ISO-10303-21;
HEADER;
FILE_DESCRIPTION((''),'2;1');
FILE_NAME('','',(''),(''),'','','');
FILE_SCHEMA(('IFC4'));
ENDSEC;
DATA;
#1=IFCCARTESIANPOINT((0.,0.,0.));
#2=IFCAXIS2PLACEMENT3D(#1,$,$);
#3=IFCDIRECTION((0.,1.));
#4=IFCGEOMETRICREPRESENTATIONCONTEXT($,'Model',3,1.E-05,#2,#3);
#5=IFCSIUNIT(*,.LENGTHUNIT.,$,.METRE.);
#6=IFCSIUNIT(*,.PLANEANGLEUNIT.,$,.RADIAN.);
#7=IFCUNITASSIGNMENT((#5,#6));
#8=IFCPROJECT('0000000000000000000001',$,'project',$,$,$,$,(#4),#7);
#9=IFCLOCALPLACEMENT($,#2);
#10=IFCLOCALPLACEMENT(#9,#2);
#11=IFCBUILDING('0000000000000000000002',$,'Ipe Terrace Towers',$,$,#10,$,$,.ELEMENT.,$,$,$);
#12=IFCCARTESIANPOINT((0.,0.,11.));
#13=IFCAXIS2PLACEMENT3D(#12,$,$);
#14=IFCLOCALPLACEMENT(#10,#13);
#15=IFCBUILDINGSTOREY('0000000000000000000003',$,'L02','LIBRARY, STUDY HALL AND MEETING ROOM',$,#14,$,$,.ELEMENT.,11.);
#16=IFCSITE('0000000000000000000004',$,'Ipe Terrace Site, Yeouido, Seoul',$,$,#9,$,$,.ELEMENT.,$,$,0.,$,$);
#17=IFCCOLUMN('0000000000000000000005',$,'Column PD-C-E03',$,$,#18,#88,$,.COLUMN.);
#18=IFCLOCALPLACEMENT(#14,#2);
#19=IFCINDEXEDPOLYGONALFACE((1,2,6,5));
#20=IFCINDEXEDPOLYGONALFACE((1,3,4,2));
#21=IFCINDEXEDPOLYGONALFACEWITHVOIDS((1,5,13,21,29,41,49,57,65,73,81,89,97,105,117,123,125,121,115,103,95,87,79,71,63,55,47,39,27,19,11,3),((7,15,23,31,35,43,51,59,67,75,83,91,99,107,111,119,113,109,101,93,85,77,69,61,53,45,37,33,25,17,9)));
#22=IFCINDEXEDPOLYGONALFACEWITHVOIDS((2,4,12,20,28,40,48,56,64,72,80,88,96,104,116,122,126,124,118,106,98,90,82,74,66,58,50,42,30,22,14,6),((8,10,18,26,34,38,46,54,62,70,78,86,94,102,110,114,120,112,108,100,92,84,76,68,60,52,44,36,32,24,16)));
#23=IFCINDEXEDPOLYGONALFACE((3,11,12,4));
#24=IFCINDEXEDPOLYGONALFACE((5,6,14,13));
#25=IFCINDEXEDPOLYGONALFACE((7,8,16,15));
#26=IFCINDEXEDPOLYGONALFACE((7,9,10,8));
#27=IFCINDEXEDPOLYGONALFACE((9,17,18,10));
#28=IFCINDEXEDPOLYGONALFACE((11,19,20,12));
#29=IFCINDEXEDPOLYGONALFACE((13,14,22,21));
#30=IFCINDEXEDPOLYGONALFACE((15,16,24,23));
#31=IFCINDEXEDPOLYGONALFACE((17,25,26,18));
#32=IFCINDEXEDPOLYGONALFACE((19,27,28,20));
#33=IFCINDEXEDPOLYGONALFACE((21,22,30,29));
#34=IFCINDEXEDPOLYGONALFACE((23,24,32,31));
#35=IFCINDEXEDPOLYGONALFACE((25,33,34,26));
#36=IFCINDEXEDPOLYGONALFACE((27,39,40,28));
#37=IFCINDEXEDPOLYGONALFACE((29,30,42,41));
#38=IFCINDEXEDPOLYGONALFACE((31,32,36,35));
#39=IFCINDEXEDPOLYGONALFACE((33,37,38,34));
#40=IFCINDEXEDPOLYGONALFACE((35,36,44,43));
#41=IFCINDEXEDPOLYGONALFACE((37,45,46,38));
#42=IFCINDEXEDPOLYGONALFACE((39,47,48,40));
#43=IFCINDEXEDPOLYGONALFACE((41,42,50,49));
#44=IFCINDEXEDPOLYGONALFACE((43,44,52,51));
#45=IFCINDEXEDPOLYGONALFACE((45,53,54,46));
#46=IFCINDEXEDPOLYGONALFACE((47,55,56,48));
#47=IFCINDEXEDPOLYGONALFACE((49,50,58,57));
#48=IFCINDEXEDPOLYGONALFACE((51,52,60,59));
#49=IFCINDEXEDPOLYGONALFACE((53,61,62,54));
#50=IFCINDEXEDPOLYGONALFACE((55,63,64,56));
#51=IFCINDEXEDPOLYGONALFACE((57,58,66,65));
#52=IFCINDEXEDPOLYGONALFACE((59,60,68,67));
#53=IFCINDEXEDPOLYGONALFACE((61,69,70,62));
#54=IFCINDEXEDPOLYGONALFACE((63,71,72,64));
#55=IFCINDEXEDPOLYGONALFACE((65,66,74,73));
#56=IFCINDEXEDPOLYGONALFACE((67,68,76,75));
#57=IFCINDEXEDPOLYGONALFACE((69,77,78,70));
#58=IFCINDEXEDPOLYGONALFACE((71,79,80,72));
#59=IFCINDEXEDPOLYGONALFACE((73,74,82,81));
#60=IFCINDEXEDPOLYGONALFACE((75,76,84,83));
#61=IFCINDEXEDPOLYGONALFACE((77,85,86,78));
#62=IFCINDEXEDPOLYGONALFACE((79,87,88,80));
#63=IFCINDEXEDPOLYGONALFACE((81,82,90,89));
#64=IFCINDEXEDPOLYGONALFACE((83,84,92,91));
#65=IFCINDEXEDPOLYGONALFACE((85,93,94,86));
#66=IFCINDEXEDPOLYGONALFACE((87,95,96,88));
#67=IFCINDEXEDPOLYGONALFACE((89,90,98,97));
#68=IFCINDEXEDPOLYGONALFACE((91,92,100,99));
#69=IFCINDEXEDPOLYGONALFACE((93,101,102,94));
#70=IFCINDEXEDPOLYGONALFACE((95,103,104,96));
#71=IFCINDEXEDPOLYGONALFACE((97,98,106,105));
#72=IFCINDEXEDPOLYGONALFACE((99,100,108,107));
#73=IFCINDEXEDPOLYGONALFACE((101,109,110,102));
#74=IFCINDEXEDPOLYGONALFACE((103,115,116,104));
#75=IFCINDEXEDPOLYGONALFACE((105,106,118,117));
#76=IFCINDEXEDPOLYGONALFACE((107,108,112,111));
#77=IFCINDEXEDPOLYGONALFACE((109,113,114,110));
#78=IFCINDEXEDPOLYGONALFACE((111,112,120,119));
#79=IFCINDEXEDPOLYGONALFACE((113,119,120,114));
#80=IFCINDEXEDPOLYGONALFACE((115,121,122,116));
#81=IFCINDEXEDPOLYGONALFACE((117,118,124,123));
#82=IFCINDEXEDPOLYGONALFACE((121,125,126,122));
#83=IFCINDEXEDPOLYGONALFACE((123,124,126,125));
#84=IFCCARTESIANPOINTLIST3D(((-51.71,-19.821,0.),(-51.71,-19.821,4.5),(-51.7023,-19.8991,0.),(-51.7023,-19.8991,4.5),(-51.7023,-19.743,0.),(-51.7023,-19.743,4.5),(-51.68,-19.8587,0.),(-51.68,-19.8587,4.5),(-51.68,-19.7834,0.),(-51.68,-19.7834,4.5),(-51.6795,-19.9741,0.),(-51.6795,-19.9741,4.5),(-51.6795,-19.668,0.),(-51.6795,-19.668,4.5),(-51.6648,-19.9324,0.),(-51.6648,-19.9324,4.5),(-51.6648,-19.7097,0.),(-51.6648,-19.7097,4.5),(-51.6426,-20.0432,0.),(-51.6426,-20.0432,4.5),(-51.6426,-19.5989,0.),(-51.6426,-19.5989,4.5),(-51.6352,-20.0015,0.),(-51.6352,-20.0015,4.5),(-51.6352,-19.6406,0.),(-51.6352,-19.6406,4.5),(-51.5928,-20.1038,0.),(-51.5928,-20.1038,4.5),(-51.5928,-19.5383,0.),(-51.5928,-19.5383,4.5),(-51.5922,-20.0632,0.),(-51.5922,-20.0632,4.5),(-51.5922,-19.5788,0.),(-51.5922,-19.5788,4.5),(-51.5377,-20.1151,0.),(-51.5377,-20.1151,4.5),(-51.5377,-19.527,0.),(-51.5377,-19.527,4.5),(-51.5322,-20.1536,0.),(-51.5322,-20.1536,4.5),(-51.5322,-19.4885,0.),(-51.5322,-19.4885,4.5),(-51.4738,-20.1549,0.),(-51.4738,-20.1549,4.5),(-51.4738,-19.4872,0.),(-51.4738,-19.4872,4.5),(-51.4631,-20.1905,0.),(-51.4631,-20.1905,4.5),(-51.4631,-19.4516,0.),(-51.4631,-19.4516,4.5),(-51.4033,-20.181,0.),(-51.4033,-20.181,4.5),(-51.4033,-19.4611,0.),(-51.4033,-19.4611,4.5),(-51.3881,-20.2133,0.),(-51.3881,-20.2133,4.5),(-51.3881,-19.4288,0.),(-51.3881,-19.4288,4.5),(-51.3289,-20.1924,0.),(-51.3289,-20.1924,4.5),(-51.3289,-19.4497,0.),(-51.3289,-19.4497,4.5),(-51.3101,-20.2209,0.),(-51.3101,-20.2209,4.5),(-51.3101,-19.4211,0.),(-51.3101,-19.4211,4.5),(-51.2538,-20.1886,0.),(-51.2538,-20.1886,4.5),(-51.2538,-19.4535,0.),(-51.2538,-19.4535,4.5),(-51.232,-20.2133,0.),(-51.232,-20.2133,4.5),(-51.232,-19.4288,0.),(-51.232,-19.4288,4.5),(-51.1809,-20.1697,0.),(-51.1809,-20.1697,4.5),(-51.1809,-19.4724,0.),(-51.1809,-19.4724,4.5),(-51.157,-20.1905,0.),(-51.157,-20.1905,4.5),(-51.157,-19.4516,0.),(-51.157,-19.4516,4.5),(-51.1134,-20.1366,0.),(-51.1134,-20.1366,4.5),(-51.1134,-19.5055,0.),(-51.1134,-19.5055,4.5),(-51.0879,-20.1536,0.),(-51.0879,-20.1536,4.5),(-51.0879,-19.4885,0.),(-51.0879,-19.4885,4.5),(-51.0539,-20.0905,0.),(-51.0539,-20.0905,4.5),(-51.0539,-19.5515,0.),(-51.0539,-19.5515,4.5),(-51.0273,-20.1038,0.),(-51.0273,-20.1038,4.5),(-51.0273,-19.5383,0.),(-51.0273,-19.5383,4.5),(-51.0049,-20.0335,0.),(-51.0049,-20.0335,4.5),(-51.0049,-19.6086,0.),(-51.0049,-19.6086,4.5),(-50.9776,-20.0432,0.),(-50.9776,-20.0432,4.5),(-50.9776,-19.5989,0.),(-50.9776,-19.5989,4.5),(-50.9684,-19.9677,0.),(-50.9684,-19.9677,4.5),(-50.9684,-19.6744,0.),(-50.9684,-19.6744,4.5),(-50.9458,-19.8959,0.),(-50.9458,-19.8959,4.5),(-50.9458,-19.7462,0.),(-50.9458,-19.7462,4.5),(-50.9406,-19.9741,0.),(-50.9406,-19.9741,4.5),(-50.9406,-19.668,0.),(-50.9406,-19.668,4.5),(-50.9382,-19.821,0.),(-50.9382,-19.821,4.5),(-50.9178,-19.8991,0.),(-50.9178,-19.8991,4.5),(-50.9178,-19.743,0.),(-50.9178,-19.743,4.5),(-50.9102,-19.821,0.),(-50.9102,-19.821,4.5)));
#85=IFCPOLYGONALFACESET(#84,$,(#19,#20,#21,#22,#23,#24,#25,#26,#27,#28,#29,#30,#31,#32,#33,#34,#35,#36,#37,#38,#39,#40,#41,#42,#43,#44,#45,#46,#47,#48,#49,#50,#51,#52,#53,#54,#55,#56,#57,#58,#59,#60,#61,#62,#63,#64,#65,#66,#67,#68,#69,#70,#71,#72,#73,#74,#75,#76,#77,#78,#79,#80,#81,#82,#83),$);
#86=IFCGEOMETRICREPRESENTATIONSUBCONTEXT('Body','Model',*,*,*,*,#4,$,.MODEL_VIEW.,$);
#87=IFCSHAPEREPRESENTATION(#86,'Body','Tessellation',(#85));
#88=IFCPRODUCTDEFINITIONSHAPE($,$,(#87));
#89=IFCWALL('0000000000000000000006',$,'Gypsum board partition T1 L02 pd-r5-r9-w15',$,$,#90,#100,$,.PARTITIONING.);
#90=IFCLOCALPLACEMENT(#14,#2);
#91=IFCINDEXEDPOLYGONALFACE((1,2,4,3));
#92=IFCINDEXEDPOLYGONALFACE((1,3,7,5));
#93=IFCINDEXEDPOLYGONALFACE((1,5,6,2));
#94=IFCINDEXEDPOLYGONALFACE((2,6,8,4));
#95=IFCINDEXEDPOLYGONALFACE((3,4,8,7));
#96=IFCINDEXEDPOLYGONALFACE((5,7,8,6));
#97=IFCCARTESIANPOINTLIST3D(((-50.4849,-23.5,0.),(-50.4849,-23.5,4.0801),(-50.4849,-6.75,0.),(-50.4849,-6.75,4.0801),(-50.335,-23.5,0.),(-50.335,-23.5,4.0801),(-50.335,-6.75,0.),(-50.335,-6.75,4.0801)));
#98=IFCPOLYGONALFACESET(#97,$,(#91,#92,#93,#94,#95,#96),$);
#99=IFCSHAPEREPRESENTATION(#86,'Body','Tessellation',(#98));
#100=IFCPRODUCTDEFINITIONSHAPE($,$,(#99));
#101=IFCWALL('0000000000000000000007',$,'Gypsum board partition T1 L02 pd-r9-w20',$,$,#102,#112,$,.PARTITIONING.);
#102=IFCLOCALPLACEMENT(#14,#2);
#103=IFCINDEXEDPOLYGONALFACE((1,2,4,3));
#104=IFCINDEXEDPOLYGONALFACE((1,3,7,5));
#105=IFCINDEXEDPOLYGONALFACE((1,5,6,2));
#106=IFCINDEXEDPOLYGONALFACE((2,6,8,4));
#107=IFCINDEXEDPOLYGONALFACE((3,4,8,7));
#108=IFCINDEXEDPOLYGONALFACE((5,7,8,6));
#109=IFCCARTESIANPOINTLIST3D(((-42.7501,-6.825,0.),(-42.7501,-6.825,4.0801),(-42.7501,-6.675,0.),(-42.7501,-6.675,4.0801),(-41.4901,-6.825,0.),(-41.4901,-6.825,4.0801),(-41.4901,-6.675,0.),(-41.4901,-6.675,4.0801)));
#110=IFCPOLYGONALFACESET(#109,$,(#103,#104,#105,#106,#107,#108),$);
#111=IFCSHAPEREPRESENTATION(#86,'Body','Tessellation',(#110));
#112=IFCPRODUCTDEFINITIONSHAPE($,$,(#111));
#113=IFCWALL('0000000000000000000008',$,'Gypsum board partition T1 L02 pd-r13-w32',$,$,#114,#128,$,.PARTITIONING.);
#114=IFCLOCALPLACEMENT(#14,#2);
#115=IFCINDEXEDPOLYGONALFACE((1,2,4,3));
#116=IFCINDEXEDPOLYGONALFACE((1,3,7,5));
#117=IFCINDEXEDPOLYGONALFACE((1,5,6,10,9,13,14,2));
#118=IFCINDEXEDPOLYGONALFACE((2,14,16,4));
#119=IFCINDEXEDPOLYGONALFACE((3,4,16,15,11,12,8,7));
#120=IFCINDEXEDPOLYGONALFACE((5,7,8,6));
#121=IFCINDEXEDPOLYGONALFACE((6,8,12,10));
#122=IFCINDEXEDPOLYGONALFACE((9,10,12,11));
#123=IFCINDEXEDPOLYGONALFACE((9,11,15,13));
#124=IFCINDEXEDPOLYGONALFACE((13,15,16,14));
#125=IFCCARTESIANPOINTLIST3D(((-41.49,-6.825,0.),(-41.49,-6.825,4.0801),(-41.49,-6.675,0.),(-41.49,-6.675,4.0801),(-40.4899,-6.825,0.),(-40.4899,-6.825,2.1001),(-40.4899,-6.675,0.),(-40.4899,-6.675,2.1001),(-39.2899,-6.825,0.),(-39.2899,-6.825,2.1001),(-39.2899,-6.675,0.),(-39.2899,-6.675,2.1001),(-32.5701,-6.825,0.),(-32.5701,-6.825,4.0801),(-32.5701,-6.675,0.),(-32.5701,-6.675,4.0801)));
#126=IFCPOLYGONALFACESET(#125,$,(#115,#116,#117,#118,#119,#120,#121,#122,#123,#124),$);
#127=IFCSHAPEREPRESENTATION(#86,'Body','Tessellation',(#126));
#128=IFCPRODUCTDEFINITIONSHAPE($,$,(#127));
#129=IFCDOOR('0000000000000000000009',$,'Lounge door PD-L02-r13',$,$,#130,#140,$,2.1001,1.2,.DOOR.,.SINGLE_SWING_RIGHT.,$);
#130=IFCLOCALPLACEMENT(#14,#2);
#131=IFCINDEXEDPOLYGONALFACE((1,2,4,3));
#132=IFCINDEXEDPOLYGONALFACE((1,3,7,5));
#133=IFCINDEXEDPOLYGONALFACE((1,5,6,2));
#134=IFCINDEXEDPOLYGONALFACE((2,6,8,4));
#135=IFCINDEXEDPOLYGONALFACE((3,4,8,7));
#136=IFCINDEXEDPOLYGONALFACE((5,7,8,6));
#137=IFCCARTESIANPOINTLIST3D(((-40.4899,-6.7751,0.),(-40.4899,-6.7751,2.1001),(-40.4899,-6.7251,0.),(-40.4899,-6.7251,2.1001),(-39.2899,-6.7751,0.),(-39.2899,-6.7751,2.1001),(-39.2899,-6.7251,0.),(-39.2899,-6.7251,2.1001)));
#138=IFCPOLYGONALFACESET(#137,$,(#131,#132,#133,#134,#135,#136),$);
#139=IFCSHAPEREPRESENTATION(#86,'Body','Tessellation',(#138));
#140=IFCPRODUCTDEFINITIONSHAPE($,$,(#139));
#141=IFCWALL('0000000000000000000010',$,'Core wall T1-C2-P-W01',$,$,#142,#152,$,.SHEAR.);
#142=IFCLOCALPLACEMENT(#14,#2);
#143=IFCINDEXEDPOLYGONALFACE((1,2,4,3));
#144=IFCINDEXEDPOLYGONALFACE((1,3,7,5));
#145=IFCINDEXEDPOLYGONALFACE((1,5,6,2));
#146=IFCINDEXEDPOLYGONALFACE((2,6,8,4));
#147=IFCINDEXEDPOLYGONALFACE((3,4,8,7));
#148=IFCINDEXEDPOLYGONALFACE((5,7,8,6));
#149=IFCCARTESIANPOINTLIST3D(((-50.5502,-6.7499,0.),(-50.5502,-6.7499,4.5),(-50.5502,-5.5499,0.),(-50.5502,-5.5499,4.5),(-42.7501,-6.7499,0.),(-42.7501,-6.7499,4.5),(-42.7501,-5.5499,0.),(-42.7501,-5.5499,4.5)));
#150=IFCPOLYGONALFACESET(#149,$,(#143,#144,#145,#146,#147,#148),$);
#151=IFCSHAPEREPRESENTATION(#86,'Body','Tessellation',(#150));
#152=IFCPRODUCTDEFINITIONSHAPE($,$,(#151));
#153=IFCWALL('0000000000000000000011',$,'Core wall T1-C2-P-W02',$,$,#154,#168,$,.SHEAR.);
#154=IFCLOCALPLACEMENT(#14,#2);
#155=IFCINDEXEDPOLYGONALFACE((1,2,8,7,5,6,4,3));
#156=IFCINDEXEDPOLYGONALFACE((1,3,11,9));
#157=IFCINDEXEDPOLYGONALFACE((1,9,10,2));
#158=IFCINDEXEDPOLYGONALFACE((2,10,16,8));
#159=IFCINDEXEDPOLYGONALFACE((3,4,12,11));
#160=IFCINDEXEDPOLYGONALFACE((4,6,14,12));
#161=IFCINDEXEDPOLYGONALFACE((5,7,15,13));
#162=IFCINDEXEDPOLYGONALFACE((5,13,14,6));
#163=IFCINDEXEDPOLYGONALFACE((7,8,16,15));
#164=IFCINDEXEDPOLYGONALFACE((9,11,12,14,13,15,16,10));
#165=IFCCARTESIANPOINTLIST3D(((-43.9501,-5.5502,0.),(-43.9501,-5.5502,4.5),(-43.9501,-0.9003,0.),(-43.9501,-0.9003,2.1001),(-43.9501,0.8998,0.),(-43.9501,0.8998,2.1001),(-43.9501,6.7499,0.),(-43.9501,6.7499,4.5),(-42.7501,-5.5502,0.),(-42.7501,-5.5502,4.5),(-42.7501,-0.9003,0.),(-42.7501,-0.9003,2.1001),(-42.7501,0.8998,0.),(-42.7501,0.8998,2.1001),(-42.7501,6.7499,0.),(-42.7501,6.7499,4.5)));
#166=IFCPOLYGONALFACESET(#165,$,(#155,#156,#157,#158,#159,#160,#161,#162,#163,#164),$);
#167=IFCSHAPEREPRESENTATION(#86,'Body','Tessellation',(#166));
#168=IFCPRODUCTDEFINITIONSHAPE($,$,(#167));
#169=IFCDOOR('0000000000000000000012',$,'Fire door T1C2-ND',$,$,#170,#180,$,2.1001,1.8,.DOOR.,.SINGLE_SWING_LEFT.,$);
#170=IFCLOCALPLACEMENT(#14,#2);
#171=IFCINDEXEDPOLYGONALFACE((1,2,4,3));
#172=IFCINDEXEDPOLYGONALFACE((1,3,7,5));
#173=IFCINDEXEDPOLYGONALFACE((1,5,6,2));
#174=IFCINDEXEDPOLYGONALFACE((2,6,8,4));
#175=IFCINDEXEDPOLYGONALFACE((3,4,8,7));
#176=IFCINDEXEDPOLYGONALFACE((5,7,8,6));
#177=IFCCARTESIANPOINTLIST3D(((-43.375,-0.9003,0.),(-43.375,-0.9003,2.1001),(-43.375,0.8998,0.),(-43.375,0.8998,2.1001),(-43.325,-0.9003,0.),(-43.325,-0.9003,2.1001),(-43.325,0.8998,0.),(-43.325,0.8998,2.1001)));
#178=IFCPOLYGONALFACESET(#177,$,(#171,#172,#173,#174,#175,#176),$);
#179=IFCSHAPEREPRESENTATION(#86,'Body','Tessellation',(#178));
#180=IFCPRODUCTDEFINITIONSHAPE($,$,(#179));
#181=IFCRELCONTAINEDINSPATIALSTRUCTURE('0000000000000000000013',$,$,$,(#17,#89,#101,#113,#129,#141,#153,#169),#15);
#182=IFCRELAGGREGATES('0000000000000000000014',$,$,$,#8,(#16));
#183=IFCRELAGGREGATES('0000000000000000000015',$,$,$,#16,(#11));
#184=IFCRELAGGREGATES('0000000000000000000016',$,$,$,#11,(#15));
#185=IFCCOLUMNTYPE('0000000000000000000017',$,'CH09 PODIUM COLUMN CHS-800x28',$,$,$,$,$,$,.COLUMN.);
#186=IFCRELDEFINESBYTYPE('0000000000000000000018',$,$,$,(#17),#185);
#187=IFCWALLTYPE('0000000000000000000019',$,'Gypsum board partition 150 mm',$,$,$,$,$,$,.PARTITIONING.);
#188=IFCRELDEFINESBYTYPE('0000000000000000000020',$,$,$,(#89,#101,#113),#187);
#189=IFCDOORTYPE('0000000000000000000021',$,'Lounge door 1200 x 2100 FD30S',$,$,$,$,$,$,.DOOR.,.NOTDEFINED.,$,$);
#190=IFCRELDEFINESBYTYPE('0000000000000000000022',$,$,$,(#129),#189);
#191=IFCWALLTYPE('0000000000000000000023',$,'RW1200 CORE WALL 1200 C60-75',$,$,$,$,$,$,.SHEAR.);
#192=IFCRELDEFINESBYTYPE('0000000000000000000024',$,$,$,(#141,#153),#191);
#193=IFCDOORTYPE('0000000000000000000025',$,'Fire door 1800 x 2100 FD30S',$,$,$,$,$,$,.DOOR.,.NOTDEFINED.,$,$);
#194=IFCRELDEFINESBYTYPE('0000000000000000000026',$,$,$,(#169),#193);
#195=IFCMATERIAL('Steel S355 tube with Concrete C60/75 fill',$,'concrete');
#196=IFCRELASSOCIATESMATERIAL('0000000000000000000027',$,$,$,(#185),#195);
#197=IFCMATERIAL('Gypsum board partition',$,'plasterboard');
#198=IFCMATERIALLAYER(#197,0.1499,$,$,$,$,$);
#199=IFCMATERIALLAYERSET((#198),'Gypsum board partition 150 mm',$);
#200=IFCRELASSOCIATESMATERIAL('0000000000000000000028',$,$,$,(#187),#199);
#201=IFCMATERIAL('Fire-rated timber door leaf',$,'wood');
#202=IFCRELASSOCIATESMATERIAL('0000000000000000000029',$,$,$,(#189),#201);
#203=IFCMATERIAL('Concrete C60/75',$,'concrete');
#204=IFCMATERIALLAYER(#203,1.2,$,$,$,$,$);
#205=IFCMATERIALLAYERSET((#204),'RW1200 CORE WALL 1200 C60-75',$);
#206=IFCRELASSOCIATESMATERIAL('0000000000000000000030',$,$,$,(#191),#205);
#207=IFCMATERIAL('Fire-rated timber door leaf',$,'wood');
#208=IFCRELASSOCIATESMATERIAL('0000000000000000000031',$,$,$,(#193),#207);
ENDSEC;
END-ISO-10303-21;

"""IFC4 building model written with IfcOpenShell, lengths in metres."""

from ifc_helpers import new_model, si_unit, direction, frame, frame_2d, origin, origin_2d, place, context, subcontext, project, spatial, rectangle, hollow_circle, extrude, material, layer, layer_set, material_profile, profile_set, type_object, element, fill, save


model = new_model("IFC4")

# Units and contexts
model_context = context("Model", 3, precision=1e-05, world=origin(), true_north=direction((0.0, 1.0)))
body_context = subcontext(model_context, "Body", "Model", "MODEL_VIEW")
ifc_project = project(units=[si_unit("LENGTHUNIT", "METRE"), si_unit("PLANEANGLEUNIT", "RADIAN")], contexts=[model_context])

# Site, building, storey
site_placement = place(None, origin())
site = spatial("IfcSite", under=ifc_project, at=site_placement, Name="Ipe Terrace Site, Yeouido, Seoul", CompositionType="ELEMENT", RefElevation=0.0)
building_placement = place(site_placement, origin())
building = spatial("IfcBuilding", under=site, at=building_placement, Name="Ipe Terrace Towers", CompositionType="ELEMENT")
storey_placement = place(building_placement, frame((0.0, 0.0, 11.0)))
storey = spatial("IfcBuildingStorey", under=building, at=storey_placement, Name="L02", Description="LIBRARY, STUDY HALL AND MEETING ROOM", CompositionType="ELEMENT", Elevation=11.0)

# Column
ifc_material_1 = material(Name="Steel S355 tube with Concrete C60/75 fill", Category="concrete")
ifc_material_profile_1 = material_profile(ifc_material_1, hollow_circle(Radius=0.3999, WallThickness=0.0281, at=origin_2d()), Name="CHS-800x28")
ifc_profile_set_1 = profile_set([ifc_material_profile_1], Name="Steel S355 tube with Concrete C60/75 fill")
column_type_1 = type_object("IfcColumnType", Name="CH09 PODIUM COLUMN CHS-800x28", PredefinedType="COLUMN", material=ifc_profile_set_1)
column_1_placement = place(storey_placement, frame((-51.3101, -19.821, 0.0), z_axis=(0.0, 0.0, 1.0), x_axis=(1.0, 0.0, 0.0)))
element("IfcColumn", 1, at=column_1_placement, inside=storey, type_object=column_type_1, Name="Column PD-C-E03", PredefinedType="COLUMN", context=body_context, shape_type="SweptSolid", body=[
    extrude(hollow_circle(Radius=0.3999, WallThickness=0.0281, at=origin_2d()), origin(), (0.0, 0.0, 1.0), 4.5),
])

# Walls
ifc_material_2 = material(Name="Gypsum board partition", Category="plasterboard")
ifc_layer_1 = layer(ifc_material_2, 0.1499)
ifc_layer_set_1 = layer_set([ifc_layer_1], Name="Gypsum board partition 150 mm")
wall_type_1 = type_object("IfcWallType", Name="Gypsum board partition 150 mm", PredefinedType="PARTITIONING", material=ifc_layer_set_1)
wall_1_placement = place(storey_placement, frame((-50.4099, -6.75, 0.0), z_axis=(0.0, 0.0, 1.0), x_axis=(0.0, -1.0, 0.0)))
element("IfcWall", 2, at=wall_1_placement, inside=storey, type_object=wall_type_1, Name="Gypsum board partition T1 L02 pd-r5-r9-w15", PredefinedType="PARTITIONING", context=body_context, shape_type="SweptSolid", body=[
    extrude(rectangle(XDim=16.75, YDim=0.1499, at=frame_2d((8.375, 0.0))), origin(), (0.0, 0.0, 1.0), 4.0801),
])
wall_2_placement = place(storey_placement, frame((-42.75, -6.75, 0.0), z_axis=(0.0, 0.0, 1.0), x_axis=(1.0, 0.0, 0.0)))
element("IfcWall", 3, at=wall_2_placement, inside=storey, type_object=wall_type_1, Name="Gypsum board partition T1 L02 pd-r9-w20", PredefinedType="PARTITIONING", context=body_context, shape_type="SweptSolid", body=[
    extrude(rectangle(XDim=1.26, YDim=0.1499, at=frame_2d((0.6299, 0.0))), origin(), (0.0, 0.0, 1.0), 4.0801),
])

# Wall, opening, door
wall_3_placement = place(storey_placement, frame((-41.49, -6.75, 0.0), z_axis=(0.0, 0.0, 1.0), x_axis=(1.0, 0.0, 0.0)))
wall_3 = element("IfcWall", 4, at=wall_3_placement, inside=storey, type_object=wall_type_1, Name="Gypsum board partition T1 L02 pd-r13-w32", PredefinedType="PARTITIONING", context=body_context, shape_type="SweptSolid", body=[
    extrude(rectangle(XDim=8.9199, YDim=0.1499, at=frame_2d((4.46, 0.0))), origin(), (0.0, 0.0, 1.0), 4.0801),
])
opening_1_placement = place(wall_3_placement, frame((1.0, 0.0, 0.0)))
opening_1 = element("IfcOpeningElement", 5, at=opening_1_placement, cuts=wall_3, PredefinedType="OPENING", context=body_context, shape_type="SweptSolid", body=[
    extrude(rectangle(XDim=1.2, YDim=2.1001, at=frame_2d((0.6001, 1.05))), frame((0.0, 0.085, 0.0), z_axis=(0.0, -1.0, 0.0), x_axis=(1.0, 0.0, 0.0)), (0.0, 0.0, 1.0), 0.1699),
])
ifc_material_3 = material(Name="Fire-rated timber door leaf", Category="wood")
door_type_1 = type_object("IfcDoorType", Name="Lounge door 1200 x 2100 FD30S", OperationType="NOTDEFINED", PredefinedType="DOOR", material=ifc_material_3)
door_1_placement = place(opening_1_placement, origin())
door_1 = element("IfcDoor", 6, at=door_1_placement, inside=storey, type_object=door_type_1, Name="Lounge door PD-L02-r13", OperationType="SINGLE_SWING_RIGHT", OverallHeight=2.1001, OverallWidth=1.2, PredefinedType="DOOR", context=body_context, shape_type="SweptSolid", body=[
    extrude(rectangle(XDim=1.2, YDim=2.1001, at=frame_2d((0.6001, 1.05))), frame((0.0, 0.0249, 0.0), z_axis=(0.0, -1.0, 0.0), x_axis=(1.0, 0.0, 0.0)), (0.0, 0.0, 1.0), 0.05),
])
fill(opening_1, door_1)

# Wall
ifc_material_4 = material(Name="Concrete C60/75", Category="concrete")
ifc_layer_2 = layer(ifc_material_4, 1.2)
ifc_layer_set_2 = layer_set([ifc_layer_2], Name="RW1200 CORE WALL 1200 C60-75")
wall_type_2 = type_object("IfcWallType", Name="RW1200 CORE WALL 1200 C60-75", PredefinedType="SHEAR", material=ifc_layer_set_2)
wall_4_placement = place(storey_placement, frame((-50.55, -6.1499, 0.0), z_axis=(0.0, 0.0, 1.0), x_axis=(1.0, 0.0, 0.0)))
element("IfcWall", 7, at=wall_4_placement, inside=storey, type_object=wall_type_2, Name="Core wall T1-C2-P-W01", PredefinedType="SHEAR", context=body_context, shape_type="SweptSolid", body=[
    extrude(rectangle(XDim=7.8, YDim=1.2, at=frame_2d((3.8999, 0.0))), origin(), (0.0, 0.0, 1.0), 4.5),
])

# Wall, opening, door
wall_5_placement = place(storey_placement, frame((-43.3501, -5.55, 0.0), z_axis=(0.0, 0.0, 1.0), x_axis=(0.0, 1.0, 0.0)))
wall_5 = element("IfcWall", 8, at=wall_5_placement, inside=storey, type_object=wall_type_2, Name="Core wall T1-C2-P-W02", PredefinedType="SHEAR", context=body_context, shape_type="SweptSolid", body=[
    extrude(rectangle(XDim=12.3, YDim=1.2, at=frame_2d((6.1499, 0.0))), origin(), (0.0, 0.0, 1.0), 4.5),
])
opening_2_placement = place(wall_5_placement, frame((4.6499, 0.0, 0.0)))
opening_2 = element("IfcOpeningElement", 9, at=opening_2_placement, cuts=wall_5, PredefinedType="OPENING", context=body_context, shape_type="SweptSolid", body=[
    extrude(rectangle(XDim=1.8, YDim=2.1001, at=frame_2d((0.8999, 1.05))), frame((0.0, 0.6099, 0.0), z_axis=(0.0, -1.0, 0.0), x_axis=(1.0, 0.0, 0.0)), (0.0, 0.0, 1.0), 1.22),
])
ifc_material_5 = material(Name="Fire-rated timber door leaf", Category="wood")
door_type_2 = type_object("IfcDoorType", Name="Fire door 1800 x 2100 FD30S", OperationType="NOTDEFINED", PredefinedType="DOOR", material=ifc_material_5)
door_2_placement = place(opening_2_placement, origin())
door_2 = element("IfcDoor", 10, at=door_2_placement, inside=storey, type_object=door_type_2, Name="Fire door T1C2-ND", OperationType="SINGLE_SWING_LEFT", OverallHeight=2.1001, OverallWidth=1.8, PredefinedType="DOOR", context=body_context, shape_type="SweptSolid", body=[
    extrude(rectangle(XDim=1.8, YDim=2.1001, at=frame_2d((0.8999, 1.05))), frame((0.0, 0.0249, 0.0), z_axis=(0.0, -1.0, 0.0), x_axis=(1.0, 0.0, 0.0)), (0.0, 0.0, 1.0), 0.05),
])
fill(opening_2, door_2)

save(model, "model.ifc")
